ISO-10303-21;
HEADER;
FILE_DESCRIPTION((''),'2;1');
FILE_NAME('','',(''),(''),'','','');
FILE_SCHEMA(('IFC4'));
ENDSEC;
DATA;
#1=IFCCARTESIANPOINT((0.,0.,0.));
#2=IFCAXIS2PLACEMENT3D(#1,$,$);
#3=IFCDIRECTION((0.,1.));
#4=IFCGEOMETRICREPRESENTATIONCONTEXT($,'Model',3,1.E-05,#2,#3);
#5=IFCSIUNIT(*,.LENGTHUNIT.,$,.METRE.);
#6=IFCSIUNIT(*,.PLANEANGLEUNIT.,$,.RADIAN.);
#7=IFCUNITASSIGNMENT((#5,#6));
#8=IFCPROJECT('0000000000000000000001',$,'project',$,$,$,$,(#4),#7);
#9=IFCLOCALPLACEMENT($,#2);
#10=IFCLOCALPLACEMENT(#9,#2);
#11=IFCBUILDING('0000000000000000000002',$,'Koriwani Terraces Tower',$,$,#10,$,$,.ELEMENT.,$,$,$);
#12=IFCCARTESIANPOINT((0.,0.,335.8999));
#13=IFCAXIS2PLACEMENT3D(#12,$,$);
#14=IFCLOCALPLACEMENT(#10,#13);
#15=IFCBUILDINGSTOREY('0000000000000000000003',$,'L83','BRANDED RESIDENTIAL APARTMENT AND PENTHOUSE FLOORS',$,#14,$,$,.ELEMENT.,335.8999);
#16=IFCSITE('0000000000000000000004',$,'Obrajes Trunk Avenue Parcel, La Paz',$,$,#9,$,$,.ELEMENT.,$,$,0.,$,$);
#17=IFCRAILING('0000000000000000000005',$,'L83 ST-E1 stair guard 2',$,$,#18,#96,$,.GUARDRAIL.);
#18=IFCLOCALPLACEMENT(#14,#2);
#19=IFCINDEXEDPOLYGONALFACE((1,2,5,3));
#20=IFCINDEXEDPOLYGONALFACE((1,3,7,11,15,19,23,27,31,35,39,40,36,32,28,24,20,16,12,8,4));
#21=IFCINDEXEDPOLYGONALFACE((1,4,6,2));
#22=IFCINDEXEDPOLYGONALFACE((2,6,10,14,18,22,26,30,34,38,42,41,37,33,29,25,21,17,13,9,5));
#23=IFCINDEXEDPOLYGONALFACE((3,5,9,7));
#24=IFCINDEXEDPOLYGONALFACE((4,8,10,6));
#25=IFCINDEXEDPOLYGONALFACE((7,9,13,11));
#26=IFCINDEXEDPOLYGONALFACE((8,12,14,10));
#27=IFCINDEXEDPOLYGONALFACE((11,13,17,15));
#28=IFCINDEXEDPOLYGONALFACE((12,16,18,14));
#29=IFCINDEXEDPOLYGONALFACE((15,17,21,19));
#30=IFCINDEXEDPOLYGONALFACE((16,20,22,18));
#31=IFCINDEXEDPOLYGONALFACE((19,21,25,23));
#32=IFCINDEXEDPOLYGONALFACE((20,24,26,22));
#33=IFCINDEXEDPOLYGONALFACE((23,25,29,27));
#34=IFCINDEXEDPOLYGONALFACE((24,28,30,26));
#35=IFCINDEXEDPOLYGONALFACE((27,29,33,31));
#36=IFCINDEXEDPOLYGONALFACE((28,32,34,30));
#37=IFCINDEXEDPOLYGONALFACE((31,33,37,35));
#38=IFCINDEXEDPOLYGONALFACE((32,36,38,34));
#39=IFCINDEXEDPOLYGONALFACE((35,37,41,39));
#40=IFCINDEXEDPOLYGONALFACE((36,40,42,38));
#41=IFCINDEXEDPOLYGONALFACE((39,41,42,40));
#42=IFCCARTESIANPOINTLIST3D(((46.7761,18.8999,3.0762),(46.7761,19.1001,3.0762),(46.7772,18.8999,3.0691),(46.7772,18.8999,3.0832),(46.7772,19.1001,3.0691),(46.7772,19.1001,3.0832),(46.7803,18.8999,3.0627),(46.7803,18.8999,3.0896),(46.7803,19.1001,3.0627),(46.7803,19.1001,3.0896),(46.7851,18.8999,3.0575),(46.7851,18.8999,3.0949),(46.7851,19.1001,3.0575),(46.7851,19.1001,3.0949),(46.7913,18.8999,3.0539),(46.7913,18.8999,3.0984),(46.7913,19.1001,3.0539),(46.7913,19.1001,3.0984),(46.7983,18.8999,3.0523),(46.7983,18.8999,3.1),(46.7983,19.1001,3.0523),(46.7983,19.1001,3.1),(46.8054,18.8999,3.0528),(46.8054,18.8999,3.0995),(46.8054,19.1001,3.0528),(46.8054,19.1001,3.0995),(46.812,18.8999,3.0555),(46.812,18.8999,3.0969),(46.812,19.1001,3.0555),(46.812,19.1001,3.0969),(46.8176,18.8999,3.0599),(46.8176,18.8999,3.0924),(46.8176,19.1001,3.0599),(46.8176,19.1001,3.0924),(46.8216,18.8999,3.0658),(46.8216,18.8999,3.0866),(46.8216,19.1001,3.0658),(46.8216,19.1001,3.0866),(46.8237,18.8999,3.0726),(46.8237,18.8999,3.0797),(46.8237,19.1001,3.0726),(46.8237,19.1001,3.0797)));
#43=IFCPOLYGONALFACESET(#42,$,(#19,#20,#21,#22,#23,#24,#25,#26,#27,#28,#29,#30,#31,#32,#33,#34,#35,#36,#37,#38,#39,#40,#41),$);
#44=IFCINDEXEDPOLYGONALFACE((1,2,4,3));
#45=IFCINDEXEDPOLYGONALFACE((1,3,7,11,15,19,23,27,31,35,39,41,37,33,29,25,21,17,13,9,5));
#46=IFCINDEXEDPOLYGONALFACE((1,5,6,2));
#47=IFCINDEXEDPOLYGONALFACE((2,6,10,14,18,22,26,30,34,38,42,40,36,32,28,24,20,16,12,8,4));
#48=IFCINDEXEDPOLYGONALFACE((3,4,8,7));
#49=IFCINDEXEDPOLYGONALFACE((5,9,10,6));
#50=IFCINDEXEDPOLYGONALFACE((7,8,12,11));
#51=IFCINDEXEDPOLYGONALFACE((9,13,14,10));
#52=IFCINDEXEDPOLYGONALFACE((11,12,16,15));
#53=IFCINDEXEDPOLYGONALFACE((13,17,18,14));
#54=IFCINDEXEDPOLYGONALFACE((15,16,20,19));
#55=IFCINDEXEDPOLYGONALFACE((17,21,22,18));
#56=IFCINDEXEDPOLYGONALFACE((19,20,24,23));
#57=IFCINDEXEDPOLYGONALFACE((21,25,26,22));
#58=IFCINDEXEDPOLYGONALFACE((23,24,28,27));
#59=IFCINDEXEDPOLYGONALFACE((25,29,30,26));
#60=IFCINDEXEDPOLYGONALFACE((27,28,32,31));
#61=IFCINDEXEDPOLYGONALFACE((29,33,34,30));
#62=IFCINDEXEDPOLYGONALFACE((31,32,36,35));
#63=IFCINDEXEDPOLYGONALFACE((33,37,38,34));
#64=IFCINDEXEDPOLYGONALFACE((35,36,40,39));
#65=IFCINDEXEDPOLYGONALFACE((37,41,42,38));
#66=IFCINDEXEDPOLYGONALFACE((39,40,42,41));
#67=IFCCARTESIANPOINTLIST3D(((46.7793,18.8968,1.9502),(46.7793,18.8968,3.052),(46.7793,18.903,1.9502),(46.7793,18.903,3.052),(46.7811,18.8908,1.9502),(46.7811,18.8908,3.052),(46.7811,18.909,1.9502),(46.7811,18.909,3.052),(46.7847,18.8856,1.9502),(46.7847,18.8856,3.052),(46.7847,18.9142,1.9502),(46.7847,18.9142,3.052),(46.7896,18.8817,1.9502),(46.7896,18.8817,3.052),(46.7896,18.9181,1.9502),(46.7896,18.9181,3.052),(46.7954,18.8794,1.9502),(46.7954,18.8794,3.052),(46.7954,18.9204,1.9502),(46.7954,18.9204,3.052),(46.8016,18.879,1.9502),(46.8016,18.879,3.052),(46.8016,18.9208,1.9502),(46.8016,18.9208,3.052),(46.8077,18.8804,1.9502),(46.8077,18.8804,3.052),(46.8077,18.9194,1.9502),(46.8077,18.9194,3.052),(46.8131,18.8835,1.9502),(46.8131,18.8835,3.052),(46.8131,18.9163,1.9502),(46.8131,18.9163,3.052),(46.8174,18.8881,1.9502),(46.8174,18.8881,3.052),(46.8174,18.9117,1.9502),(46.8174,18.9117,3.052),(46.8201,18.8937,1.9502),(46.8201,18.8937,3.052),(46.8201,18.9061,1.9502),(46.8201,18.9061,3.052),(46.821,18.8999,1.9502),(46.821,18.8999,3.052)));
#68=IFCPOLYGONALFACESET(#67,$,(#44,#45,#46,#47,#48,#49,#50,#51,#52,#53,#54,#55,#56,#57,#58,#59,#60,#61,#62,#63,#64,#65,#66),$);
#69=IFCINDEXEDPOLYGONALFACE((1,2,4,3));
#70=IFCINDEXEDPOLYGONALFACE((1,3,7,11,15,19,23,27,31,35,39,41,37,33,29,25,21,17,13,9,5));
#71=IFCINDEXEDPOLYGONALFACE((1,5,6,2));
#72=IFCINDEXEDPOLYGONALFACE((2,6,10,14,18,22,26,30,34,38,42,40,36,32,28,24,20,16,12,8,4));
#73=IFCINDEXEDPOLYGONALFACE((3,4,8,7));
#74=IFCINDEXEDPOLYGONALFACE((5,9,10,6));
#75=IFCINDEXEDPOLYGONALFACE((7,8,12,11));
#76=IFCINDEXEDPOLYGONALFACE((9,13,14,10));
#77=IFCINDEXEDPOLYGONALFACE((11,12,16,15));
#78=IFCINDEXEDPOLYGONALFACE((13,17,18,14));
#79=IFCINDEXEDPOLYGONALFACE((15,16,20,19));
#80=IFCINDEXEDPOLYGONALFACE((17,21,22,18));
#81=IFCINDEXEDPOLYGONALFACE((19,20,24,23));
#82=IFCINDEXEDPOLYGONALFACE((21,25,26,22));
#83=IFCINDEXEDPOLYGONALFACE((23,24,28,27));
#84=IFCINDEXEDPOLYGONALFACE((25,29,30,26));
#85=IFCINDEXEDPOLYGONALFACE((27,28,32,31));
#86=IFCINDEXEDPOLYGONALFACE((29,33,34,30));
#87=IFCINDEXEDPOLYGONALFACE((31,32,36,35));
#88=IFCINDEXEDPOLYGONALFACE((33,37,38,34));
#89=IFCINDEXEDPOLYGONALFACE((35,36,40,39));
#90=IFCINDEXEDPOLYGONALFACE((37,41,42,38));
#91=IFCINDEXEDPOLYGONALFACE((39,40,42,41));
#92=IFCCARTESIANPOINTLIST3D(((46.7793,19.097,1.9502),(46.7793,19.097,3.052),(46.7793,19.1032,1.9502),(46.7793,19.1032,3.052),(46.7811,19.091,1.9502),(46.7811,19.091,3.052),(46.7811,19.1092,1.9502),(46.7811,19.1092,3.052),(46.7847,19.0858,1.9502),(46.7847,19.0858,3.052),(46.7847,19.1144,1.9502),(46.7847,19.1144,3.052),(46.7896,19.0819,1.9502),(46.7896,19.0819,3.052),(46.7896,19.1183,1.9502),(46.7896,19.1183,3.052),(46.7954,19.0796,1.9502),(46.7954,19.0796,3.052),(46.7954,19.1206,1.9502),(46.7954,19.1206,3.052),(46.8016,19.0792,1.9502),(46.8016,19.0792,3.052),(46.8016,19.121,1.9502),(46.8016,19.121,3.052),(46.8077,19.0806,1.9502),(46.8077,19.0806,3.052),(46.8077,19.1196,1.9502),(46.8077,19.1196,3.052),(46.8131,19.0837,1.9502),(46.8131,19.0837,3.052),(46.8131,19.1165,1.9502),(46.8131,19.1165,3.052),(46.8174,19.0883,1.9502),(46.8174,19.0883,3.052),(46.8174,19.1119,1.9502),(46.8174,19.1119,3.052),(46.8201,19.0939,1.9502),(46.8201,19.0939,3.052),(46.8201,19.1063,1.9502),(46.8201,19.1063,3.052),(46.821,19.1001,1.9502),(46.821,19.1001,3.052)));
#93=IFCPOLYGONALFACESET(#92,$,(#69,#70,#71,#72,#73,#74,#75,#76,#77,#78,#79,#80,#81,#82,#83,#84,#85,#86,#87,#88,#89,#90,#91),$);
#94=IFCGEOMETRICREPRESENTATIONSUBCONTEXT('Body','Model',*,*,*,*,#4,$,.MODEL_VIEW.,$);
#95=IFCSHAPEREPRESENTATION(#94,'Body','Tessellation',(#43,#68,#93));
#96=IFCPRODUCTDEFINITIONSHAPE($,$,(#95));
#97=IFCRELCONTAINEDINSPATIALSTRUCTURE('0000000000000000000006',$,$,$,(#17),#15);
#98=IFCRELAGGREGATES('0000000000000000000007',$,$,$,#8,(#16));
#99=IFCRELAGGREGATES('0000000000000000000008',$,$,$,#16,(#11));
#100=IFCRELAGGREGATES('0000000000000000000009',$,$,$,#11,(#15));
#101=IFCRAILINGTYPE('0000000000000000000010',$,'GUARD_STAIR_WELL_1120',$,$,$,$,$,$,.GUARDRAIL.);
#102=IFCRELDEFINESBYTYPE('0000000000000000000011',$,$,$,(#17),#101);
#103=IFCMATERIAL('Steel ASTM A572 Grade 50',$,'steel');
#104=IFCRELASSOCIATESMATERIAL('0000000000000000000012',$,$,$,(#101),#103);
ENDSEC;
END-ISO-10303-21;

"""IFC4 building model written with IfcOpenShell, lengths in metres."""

from ifc_helpers import new_model, si_unit, direction, frame, origin, origin_2d, place, context, subcontext, project, spatial, circle, extrude, material, type_object, element, save


model = new_model("IFC4")

# Units and contexts
model_context = context("Model", 3, precision=1e-05, world=origin(), true_north=direction((0.0, 1.0)))
body_context = subcontext(model_context, "Body", "Model", "MODEL_VIEW")
ifc_project = project(units=[si_unit("LENGTHUNIT", "METRE"), si_unit("PLANEANGLEUNIT", "RADIAN")], contexts=[model_context])

# Site, building, storey
site_placement = place(None, origin())
site = spatial("IfcSite", under=ifc_project, at=site_placement, Name="Obrajes Trunk Avenue Parcel, La Paz", CompositionType="ELEMENT", RefElevation=0.0)
building_placement = place(site_placement, origin())
building = spatial("IfcBuilding", under=site, at=building_placement, Name="Koriwani Terraces Tower", CompositionType="ELEMENT")
storey_placement = place(building_placement, frame((0.0, 0.0, 335.8999)))
storey = spatial("IfcBuildingStorey", under=building, at=storey_placement, Name="L83", Description="BRANDED RESIDENTIAL APARTMENT AND PENTHOUSE FLOORS", CompositionType="ELEMENT", Elevation=335.8999)

# Railing
ifc_material_1 = material(Name="Steel ASTM A572 Grade 50", Category="steel")
railing_type_1 = type_object("IfcRailingType", Name="GUARD_STAIR_WELL_1120", PredefinedType="GUARDRAIL", material=ifc_material_1)
railing_1_placement = place(storey_placement, frame((46.8, 18.8999, 1.9502)))
element("IfcRailing", 1, at=railing_1_placement, inside=storey, type_object=railing_type_1, Name="L83 ST-E1 stair guard 2", PredefinedType="GUARDRAIL", context=body_context, shape_type="SweptSolid", body=[
    extrude(circle(Radius=0.0239, at=origin_2d()), frame((0.0, 0.0, 1.126), z_axis=(0.0, 1.0, 0.0), x_axis=(-1.0, 0.0, 0.0)), (0.0, 0.0, 1.0), 0.2002),
    extrude(circle(Radius=0.021, at=origin_2d()), origin(), (0.0, 0.0, 1.0), 1.1018),
    extrude(circle(Radius=0.021, at=origin_2d()), frame((0.0, 0.2002, 0.0)), (0.0, 0.0, 1.0), 1.1018),
])

save(model, "model.ifc")
